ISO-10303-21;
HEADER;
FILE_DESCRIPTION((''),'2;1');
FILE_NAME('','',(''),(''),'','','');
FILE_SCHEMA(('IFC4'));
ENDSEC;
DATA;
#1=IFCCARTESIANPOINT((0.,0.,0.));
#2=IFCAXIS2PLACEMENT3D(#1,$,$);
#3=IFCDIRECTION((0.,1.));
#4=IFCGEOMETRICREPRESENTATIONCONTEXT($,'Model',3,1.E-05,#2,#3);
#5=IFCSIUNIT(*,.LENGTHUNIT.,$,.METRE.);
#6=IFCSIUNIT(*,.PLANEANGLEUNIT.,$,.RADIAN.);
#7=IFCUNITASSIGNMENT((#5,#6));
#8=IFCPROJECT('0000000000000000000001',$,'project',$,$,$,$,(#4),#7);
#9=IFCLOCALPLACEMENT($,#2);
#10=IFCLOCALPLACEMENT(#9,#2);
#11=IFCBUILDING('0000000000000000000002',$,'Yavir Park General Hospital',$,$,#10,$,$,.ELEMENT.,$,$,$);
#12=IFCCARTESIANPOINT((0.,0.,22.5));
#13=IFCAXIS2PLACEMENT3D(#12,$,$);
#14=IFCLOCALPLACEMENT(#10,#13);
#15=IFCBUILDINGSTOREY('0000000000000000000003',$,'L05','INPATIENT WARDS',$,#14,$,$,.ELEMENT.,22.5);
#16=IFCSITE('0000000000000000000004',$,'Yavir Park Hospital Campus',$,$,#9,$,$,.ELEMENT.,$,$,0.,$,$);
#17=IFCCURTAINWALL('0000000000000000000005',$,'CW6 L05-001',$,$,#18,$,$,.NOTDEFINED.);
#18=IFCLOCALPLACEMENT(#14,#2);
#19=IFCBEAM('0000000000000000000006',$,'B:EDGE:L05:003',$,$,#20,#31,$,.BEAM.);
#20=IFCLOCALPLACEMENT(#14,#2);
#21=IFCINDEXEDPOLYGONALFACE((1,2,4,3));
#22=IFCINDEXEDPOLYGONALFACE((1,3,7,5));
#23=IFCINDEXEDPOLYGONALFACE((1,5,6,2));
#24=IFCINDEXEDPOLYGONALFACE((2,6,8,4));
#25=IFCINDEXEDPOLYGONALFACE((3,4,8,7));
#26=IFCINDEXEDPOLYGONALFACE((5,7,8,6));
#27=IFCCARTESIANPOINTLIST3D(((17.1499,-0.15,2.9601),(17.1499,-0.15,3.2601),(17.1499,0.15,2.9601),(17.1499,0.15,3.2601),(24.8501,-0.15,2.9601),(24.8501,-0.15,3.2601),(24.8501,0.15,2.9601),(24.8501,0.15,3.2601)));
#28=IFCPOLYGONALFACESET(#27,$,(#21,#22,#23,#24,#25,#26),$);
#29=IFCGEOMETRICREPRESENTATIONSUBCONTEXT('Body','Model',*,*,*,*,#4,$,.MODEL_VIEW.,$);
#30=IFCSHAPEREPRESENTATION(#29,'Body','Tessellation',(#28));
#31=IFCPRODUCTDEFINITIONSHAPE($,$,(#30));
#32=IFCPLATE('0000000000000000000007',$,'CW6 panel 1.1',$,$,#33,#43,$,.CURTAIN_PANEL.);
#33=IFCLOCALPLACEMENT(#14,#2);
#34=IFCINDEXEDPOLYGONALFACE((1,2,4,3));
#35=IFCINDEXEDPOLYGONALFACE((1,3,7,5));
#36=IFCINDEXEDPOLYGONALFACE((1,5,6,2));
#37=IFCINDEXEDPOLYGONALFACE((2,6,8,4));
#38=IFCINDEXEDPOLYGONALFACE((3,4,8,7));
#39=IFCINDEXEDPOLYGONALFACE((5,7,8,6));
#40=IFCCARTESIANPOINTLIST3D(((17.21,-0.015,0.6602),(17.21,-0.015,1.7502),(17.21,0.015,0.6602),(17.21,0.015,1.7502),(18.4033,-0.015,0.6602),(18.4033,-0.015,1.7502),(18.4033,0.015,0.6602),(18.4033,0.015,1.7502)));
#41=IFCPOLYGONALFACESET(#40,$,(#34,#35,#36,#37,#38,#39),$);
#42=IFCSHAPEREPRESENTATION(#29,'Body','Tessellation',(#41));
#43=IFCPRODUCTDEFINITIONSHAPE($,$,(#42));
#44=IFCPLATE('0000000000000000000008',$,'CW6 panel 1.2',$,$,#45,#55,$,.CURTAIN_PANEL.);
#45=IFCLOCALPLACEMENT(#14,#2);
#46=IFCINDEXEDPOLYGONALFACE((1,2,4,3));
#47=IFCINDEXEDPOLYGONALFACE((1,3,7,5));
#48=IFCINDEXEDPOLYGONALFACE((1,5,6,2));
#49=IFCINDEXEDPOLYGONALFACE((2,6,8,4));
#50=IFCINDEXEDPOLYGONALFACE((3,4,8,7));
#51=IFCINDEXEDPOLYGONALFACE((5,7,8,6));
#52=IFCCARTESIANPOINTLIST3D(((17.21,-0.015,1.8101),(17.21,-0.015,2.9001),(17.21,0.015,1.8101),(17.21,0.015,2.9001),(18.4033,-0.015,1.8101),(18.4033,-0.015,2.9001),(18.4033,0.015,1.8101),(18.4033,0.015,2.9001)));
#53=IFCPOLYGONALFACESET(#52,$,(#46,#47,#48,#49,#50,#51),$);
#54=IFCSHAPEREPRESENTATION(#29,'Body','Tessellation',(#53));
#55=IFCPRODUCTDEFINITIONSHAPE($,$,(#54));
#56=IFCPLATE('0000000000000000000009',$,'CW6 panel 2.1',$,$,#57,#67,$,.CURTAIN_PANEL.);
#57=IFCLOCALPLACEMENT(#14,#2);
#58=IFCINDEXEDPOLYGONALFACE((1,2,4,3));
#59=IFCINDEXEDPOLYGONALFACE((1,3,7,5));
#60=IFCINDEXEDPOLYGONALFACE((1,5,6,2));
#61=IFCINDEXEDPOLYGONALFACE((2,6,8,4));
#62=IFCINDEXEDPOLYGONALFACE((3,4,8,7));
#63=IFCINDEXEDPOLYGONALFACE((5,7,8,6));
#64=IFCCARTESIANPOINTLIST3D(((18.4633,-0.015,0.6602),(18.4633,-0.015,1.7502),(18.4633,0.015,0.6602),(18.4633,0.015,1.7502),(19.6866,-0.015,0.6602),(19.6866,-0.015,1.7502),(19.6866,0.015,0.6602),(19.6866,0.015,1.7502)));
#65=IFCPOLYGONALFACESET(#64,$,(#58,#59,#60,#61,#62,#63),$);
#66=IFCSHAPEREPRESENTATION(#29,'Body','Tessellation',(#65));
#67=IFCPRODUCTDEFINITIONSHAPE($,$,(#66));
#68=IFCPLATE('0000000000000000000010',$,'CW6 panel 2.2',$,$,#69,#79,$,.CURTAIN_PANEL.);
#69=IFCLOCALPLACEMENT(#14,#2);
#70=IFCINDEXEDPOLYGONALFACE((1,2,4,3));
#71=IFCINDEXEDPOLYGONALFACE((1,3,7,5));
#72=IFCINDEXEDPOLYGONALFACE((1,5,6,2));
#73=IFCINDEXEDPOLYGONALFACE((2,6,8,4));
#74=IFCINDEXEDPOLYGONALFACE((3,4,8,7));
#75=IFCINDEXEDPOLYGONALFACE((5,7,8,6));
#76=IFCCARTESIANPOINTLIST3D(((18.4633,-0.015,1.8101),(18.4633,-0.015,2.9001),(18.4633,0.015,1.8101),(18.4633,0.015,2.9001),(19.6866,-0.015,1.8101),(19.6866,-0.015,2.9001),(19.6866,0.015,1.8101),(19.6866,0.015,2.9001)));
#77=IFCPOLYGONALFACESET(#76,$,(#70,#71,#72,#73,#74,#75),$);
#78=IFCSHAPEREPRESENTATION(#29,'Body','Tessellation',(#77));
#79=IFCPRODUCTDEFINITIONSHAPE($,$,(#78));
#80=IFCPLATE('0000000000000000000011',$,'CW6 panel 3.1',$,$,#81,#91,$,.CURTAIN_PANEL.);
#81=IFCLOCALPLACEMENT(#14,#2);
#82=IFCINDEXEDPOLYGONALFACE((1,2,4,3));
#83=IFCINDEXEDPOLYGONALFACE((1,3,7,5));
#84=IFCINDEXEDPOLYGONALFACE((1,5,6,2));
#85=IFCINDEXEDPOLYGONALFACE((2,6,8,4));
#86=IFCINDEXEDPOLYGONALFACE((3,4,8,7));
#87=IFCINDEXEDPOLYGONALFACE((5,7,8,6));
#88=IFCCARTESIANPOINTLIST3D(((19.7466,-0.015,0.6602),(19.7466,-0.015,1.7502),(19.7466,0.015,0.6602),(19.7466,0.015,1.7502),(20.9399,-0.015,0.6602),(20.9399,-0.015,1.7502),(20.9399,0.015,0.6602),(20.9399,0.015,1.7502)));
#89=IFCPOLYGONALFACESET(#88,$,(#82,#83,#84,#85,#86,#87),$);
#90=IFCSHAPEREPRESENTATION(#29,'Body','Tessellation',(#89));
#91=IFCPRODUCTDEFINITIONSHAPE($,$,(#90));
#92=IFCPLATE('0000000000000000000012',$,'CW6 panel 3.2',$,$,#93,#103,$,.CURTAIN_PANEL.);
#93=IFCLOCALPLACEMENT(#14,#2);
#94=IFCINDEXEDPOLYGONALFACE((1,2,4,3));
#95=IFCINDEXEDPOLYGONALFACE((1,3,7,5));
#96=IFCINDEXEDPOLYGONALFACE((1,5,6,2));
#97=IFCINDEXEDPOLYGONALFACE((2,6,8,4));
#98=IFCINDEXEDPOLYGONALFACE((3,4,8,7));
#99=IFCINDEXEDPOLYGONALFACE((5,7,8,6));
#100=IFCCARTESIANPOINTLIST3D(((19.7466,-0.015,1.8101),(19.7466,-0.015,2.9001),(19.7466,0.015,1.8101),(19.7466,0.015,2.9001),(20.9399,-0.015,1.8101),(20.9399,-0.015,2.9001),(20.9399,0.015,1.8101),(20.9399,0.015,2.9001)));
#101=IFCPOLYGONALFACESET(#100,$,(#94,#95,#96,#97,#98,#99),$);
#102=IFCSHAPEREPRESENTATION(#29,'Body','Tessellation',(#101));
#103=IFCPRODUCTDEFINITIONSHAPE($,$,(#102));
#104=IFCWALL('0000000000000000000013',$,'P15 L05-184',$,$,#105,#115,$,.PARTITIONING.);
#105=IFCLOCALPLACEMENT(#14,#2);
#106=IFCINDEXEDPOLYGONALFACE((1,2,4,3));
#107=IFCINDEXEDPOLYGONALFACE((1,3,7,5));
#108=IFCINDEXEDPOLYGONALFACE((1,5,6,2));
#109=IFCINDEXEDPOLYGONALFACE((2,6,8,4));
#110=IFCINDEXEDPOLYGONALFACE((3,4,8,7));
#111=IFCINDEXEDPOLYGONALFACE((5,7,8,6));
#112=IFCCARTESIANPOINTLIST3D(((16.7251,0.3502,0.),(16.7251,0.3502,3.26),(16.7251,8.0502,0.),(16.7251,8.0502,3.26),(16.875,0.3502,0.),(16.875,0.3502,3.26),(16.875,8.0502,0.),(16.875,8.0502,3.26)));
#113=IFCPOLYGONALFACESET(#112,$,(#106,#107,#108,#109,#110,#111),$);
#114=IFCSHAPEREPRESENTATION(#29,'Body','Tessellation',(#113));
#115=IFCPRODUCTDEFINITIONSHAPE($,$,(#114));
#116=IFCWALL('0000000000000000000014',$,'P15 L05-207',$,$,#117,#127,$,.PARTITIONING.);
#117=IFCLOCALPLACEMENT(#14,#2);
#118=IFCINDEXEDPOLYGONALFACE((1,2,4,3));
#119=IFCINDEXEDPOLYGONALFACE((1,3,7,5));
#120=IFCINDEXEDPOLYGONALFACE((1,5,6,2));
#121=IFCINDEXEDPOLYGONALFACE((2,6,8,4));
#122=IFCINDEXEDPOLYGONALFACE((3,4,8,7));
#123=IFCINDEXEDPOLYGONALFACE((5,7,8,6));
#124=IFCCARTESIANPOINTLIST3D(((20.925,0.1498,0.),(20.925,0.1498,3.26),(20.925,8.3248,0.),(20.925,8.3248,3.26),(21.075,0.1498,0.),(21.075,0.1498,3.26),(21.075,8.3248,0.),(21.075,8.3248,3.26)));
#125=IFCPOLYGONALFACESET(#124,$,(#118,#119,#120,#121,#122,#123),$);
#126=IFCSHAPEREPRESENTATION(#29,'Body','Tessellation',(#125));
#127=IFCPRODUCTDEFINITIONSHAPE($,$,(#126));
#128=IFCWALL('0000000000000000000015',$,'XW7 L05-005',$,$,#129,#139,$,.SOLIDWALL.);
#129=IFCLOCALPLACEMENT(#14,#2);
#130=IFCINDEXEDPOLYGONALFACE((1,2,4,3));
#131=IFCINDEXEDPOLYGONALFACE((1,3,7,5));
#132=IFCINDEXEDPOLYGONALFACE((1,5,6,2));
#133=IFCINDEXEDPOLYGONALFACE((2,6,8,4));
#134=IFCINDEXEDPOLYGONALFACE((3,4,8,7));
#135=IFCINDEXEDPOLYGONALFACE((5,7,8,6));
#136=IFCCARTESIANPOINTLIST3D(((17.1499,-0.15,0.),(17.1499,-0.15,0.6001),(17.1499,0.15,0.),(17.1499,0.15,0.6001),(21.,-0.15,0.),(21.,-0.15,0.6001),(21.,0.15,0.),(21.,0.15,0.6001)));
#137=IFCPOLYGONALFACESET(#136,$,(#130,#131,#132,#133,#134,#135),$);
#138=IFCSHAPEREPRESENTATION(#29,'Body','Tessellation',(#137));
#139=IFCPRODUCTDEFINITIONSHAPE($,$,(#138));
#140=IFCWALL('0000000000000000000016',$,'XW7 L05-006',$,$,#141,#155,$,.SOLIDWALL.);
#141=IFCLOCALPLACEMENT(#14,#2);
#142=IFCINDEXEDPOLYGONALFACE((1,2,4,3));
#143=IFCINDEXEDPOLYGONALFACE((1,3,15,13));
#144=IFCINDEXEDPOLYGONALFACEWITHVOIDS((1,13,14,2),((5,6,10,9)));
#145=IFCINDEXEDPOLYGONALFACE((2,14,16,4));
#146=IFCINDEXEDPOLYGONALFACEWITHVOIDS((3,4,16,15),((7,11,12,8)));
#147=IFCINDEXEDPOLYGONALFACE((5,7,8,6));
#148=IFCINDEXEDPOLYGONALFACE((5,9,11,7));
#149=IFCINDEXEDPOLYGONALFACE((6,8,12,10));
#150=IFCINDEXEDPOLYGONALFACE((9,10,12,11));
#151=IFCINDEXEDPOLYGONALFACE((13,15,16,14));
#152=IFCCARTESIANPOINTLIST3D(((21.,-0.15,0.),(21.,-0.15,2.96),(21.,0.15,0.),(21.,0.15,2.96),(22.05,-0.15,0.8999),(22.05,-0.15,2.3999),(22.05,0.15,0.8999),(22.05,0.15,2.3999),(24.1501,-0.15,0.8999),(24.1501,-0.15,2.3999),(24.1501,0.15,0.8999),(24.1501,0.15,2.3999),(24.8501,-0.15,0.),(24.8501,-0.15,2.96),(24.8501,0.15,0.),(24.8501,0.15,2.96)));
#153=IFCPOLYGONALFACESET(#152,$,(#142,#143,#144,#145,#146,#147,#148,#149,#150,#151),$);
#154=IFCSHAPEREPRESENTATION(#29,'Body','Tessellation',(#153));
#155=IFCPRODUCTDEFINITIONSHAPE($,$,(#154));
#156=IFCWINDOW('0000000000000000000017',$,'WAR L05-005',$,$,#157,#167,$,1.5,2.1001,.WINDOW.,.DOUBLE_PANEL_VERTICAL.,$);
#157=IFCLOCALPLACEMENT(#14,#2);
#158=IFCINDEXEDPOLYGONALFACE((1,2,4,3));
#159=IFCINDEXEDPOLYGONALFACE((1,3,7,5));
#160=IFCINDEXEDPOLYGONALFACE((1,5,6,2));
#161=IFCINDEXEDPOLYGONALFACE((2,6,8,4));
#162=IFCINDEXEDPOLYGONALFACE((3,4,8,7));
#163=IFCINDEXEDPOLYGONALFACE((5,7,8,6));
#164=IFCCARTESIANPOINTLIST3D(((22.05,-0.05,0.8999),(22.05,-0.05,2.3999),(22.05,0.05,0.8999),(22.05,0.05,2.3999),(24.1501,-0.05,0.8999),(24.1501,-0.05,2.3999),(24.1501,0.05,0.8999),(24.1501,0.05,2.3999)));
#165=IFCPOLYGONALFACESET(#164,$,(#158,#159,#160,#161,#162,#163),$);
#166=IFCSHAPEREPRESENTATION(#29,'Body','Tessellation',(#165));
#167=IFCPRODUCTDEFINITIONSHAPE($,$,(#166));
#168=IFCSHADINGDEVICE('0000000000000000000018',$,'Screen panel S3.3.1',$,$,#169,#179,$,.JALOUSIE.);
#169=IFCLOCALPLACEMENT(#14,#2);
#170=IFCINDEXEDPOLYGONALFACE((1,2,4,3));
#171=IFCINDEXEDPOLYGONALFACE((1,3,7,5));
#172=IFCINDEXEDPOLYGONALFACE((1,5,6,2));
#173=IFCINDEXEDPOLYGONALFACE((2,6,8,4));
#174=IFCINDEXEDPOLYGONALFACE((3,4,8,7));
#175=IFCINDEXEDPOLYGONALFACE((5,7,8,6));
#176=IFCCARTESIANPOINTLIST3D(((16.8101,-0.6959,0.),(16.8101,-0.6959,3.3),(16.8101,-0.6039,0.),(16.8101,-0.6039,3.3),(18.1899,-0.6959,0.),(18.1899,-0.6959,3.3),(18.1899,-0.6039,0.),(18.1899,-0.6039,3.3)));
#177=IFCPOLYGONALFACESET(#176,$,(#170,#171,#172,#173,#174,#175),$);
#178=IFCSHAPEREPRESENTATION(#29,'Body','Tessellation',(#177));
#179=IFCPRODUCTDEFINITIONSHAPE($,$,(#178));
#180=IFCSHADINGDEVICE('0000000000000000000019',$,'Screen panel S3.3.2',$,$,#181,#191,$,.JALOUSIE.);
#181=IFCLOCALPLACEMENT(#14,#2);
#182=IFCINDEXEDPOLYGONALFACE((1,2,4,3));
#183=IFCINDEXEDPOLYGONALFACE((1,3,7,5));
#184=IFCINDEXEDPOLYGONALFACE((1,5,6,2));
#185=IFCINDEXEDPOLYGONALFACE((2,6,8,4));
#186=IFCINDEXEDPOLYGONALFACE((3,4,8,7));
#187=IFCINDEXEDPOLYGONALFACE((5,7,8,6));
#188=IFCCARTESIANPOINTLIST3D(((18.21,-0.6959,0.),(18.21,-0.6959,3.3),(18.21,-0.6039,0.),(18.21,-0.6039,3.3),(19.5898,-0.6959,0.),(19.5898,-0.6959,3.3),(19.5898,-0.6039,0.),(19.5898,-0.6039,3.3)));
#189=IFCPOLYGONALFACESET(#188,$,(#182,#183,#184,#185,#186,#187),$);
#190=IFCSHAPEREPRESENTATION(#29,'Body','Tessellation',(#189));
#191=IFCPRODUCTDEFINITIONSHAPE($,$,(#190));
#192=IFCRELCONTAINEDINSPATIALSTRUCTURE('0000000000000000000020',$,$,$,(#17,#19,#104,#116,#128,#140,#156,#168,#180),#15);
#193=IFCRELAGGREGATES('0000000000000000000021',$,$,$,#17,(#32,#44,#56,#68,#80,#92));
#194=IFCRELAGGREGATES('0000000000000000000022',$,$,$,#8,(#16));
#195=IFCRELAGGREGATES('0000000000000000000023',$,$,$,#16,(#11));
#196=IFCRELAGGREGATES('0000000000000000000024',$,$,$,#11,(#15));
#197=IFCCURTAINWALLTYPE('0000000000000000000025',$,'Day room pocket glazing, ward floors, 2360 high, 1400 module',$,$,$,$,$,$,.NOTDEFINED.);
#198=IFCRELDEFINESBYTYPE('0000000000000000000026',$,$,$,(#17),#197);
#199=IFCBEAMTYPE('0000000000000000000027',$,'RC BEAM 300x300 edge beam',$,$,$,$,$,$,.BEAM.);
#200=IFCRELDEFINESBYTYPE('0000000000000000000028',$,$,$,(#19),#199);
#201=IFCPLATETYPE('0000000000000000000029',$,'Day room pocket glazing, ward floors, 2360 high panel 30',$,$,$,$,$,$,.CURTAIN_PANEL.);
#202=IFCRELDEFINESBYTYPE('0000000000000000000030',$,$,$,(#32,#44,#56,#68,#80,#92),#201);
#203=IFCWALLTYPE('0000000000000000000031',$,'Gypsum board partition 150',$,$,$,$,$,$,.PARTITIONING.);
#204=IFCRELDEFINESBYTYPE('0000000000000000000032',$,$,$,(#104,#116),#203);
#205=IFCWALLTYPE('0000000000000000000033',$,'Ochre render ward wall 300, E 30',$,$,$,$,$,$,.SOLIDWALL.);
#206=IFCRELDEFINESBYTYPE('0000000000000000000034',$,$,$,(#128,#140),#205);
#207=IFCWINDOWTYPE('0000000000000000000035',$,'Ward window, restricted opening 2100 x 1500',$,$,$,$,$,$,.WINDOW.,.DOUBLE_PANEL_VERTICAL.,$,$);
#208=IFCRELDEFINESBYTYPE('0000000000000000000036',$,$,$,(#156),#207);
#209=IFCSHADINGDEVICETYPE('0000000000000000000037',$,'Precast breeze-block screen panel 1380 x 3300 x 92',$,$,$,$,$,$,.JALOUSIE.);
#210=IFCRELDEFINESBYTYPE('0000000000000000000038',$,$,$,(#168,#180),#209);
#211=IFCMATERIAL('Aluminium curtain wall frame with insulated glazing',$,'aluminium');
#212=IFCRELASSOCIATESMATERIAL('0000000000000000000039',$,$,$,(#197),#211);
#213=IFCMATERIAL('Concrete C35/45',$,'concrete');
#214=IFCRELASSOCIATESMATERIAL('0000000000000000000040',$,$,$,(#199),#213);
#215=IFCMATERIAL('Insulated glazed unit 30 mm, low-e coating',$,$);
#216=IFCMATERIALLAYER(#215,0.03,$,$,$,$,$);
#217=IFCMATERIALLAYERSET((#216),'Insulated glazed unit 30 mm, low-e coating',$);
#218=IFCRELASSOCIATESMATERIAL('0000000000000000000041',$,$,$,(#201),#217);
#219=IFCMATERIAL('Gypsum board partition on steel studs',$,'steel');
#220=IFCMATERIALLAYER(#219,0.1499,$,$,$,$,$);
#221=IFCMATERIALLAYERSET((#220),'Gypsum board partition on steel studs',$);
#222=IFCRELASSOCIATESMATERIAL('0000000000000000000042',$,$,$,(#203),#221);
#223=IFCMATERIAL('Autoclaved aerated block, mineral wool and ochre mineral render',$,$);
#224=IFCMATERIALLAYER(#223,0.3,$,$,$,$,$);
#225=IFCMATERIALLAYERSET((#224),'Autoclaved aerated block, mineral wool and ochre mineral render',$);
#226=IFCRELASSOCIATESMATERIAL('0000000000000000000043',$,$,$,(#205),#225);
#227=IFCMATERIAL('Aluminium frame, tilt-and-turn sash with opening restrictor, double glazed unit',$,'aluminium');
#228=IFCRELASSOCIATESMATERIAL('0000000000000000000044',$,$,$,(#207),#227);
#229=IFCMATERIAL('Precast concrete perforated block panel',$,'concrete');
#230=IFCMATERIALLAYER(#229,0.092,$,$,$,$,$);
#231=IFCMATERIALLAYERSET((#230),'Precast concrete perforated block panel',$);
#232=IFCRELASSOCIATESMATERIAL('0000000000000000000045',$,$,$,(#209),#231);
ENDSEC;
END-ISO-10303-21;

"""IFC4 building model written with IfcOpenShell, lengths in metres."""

from ifc_helpers import new_model, si_unit, direction, frame, frame_2d, origin, origin_2d, place, context, subcontext, project, spatial, rectangle, extrude, material, layer, layer_set, material_profile, profile_set, type_object, element, fill, aggregate, save


model = new_model("IFC4")

# Units and contexts
model_context = context("Model", 3, precision=1e-05, world=origin(), true_north=direction((0.0, 1.0)))
body_context = subcontext(model_context, "Body", "Model", "MODEL_VIEW")
ifc_project = project(units=[si_unit("LENGTHUNIT", "METRE"), si_unit("PLANEANGLEUNIT", "RADIAN")], contexts=[model_context])

# Site, building, storey
site_placement = place(None, origin())
site = spatial("IfcSite", under=ifc_project, at=site_placement, Name="Yavir Park Hospital Campus", CompositionType="ELEMENT", RefElevation=0.0)
building_placement = place(site_placement, origin())
building = spatial("IfcBuilding", under=site, at=building_placement, Name="Yavir Park General Hospital", CompositionType="ELEMENT")
storey_placement = place(building_placement, frame((0.0, 0.0, 22.5)))
storey = spatial("IfcBuildingStorey", under=building, at=storey_placement, Name="L05", Description="INPATIENT WARDS", CompositionType="ELEMENT", Elevation=22.5)

# Curtain wall
ifc_material_1 = material(Name="Aluminium curtain wall frame with insulated glazing", Category="aluminium")
curtain_wall_type = type_object("IfcCurtainWallType", Name="Day room pocket glazing, ward floors, 2360 high, 1400 module", PredefinedType="NOTDEFINED", material=ifc_material_1)
curtain_wall_placement = place(storey_placement, origin())
curtain_wall = element("IfcCurtainWall", 1, at=curtain_wall_placement, inside=storey, type_object=curtain_wall_type, Name="CW6 L05-001", PredefinedType="NOTDEFINED")

# Beam
ifc_material_2 = material(Name="Concrete C35/45", Category="concrete")
ifc_material_profile_1 = material_profile(ifc_material_2, rectangle(XDim=0.3, YDim=0.3, at=origin_2d()), Name="RC300x300")
ifc_profile_set_1 = profile_set([ifc_material_profile_1], Name="Concrete C35/45")
beam_type = type_object("IfcBeamType", Name="RC BEAM 300x300 edge beam", PredefinedType="BEAM", material=ifc_profile_set_1)
beam_placement = place(storey_placement, frame((17.1499, 0.0, 3.1101), z_axis=(1.0, 0.0, 0.0), x_axis=(0.0, 1.0, 0.0)))
element("IfcBeam", 2, at=beam_placement, inside=storey, type_object=beam_type, Name="B:EDGE:L05:003", PredefinedType="BEAM", context=body_context, shape_type="SweptSolid", body=[
    extrude(rectangle(XDim=0.3, YDim=0.3, at=origin_2d()), origin(), (0.0, 0.0, 1.0), 7.7002),
])

# Plates
ifc_material_3 = material(Name="Insulated glazed unit 30 mm, low-e coating")
ifc_layer_1 = layer(ifc_material_3, 0.03)
ifc_layer_set_1 = layer_set([ifc_layer_1], Name="Insulated glazed unit 30 mm, low-e coating")
plate_type = type_object("IfcPlateType", Name="Day room pocket glazing, ward floors, 2360 high panel 30", PredefinedType="CURTAIN_PANEL", material=ifc_layer_set_1)
plate_1_placement = place(storey_placement, frame((17.8066, 0.0, 0.6602), z_axis=(0.0, 0.0, 1.0), x_axis=(1.0, 0.0, 0.0)))
plate_1 = element("IfcPlate", 3, at=plate_1_placement, type_object=plate_type, Name="CW6 panel 1.1", PredefinedType="CURTAIN_PANEL", context=body_context, shape_type="SweptSolid", body=[
    extrude(rectangle(XDim=1.1934, YDim=0.03, at=origin_2d()), origin(), (0.0, 0.0, 1.0), 1.0901),
])
plate_2_placement = place(storey_placement, frame((17.8066, 0.0, 1.8101), z_axis=(0.0, 0.0, 1.0), x_axis=(1.0, 0.0, 0.0)))
plate_2 = element("IfcPlate", 4, at=plate_2_placement, type_object=plate_type, Name="CW6 panel 1.2", PredefinedType="CURTAIN_PANEL", context=body_context, shape_type="SweptSolid", body=[
    extrude(rectangle(XDim=1.1934, YDim=0.03, at=origin_2d()), origin(), (0.0, 0.0, 1.0), 1.0901),
])
plate_3_placement = place(storey_placement, frame((19.075, 0.0, 0.6602), z_axis=(0.0, 0.0, 1.0), x_axis=(1.0, 0.0, 0.0)))
plate_3 = element("IfcPlate", 5, at=plate_3_placement, type_object=plate_type, Name="CW6 panel 2.1", PredefinedType="CURTAIN_PANEL", context=body_context, shape_type="SweptSolid", body=[
    extrude(rectangle(XDim=1.2234, YDim=0.03, at=origin_2d()), origin(), (0.0, 0.0, 1.0), 1.0901),
])
plate_4_placement = place(storey_placement, frame((19.075, 0.0, 1.8101), z_axis=(0.0, 0.0, 1.0), x_axis=(1.0, 0.0, 0.0)))
plate_4 = element("IfcPlate", 6, at=plate_4_placement, type_object=plate_type, Name="CW6 panel 2.2", PredefinedType="CURTAIN_PANEL", context=body_context, shape_type="SweptSolid", body=[
    extrude(rectangle(XDim=1.2234, YDim=0.03, at=origin_2d()), origin(), (0.0, 0.0, 1.0), 1.0901),
])
plate_5_placement = place(storey_placement, frame((20.3433, 0.0, 0.6602), z_axis=(0.0, 0.0, 1.0), x_axis=(1.0, 0.0, 0.0)))
plate_5 = element("IfcPlate", 7, at=plate_5_placement, type_object=plate_type, Name="CW6 panel 3.1", PredefinedType="CURTAIN_PANEL", context=body_context, shape_type="SweptSolid", body=[
    extrude(rectangle(XDim=1.1934, YDim=0.03, at=origin_2d()), origin(), (0.0, 0.0, 1.0), 1.0901),
])
plate_6_placement = place(storey_placement, frame((20.3433, 0.0, 1.8101), z_axis=(0.0, 0.0, 1.0), x_axis=(1.0, 0.0, 0.0)))
plate_6 = element("IfcPlate", 8, at=plate_6_placement, type_object=plate_type, Name="CW6 panel 3.2", PredefinedType="CURTAIN_PANEL", context=body_context, shape_type="SweptSolid", body=[
    extrude(rectangle(XDim=1.1934, YDim=0.03, at=origin_2d()), origin(), (0.0, 0.0, 1.0), 1.0901),
])
aggregate(curtain_wall, [plate_1, plate_2, plate_3, plate_4, plate_5, plate_6])

# Walls
ifc_material_4 = material(Name="Gypsum board partition on steel studs", Category="steel")
ifc_layer_2 = layer(ifc_material_4, 0.1499)
ifc_layer_set_2 = layer_set([ifc_layer_2], Name="Gypsum board partition on steel studs")
wall_type_1 = type_object("IfcWallType", Name="Gypsum board partition 150", PredefinedType="PARTITIONING", material=ifc_layer_set_2)
wall_1_placement = place(storey_placement, frame((16.8, 0.3501, 0.0), z_axis=(0.0, 0.0, 1.0), x_axis=(0.0, 1.0, 0.0)))
element("IfcWall", 9, at=wall_1_placement, inside=storey, type_object=wall_type_1, Name="P15 L05-184", PredefinedType="PARTITIONING", context=body_context, shape_type="SweptSolid", body=[
    extrude(rectangle(XDim=7.7, YDim=0.1499, at=frame_2d((3.8501, 0.0))), origin(), (0.0, 0.0, 1.0), 3.26),
])
wall_2_placement = place(storey_placement, frame((21.0, 0.1499, 0.0), z_axis=(0.0, 0.0, 1.0), x_axis=(0.0, 1.0, 0.0)))
element("IfcWall", 10, at=wall_2_placement, inside=storey, type_object=wall_type_1, Name="P15 L05-207", PredefinedType="PARTITIONING", context=body_context, shape_type="SweptSolid", body=[
    extrude(rectangle(XDim=8.175, YDim=0.1499, at=frame_2d((4.0874, 0.0))), origin(), (0.0, 0.0, 1.0), 3.26),
])
ifc_material_5 = material(Name="Autoclaved aerated block, mineral wool and ochre mineral render")
ifc_layer_3 = layer(ifc_material_5, 0.3)
ifc_layer_set_3 = layer_set([ifc_layer_3], Name="Autoclaved aerated block, mineral wool and ochre mineral render")
wall_type_2 = type_object("IfcWallType", Name="Ochre render ward wall 300, E 30", PredefinedType="SOLIDWALL", material=ifc_layer_set_3)
wall_3_placement = place(storey_placement, frame((17.1499, 0.0, 0.0), z_axis=(0.0, 0.0, 1.0), x_axis=(1.0, 0.0, 0.0)))
element("IfcWall", 11, at=wall_3_placement, inside=storey, type_object=wall_type_2, Name="XW7 L05-005", PredefinedType="SOLIDWALL", context=body_context, shape_type="SweptSolid", body=[
    extrude(rectangle(XDim=3.8501, YDim=0.3, at=frame_2d((1.925, 0.0))), origin(), (0.0, 0.0, 1.0), 0.6001),
])

# Wall, opening, window
wall_4_placement = place(storey_placement, frame((21.0, 0.0, 0.0), z_axis=(0.0, 0.0, 1.0), x_axis=(1.0, 0.0, 0.0)))
wall_4 = element("IfcWall", 12, at=wall_4_placement, inside=storey, type_object=wall_type_2, Name="XW7 L05-006", PredefinedType="SOLIDWALL", context=body_context, shape_type="SweptSolid", body=[
    extrude(rectangle(XDim=3.8501, YDim=0.3, at=frame_2d((1.925, 0.0))), origin(), (0.0, 0.0, 1.0), 2.96),
])
opening_placement = place(wall_4_placement, frame((1.05, 0.0, 0.8999)))
opening = element("IfcOpeningElement", 13, at=opening_placement, cuts=wall_4, PredefinedType="OPENING", context=body_context, shape_type="SweptSolid", body=[
    extrude(rectangle(XDim=2.1001, YDim=1.5, at=frame_2d((1.05, 0.75))), frame((0.0, 0.1599, 0.0), z_axis=(0.0, -1.0, 0.0), x_axis=(1.0, 0.0, 0.0)), (0.0, 0.0, 1.0), 0.3201),
])
ifc_material_6 = material(Name="Aluminium frame, tilt-and-turn sash with opening restrictor, double glazed unit", Category="aluminium")
window_type = type_object("IfcWindowType", Name="Ward window, restricted opening 2100 x 1500", PartitioningType="DOUBLE_PANEL_VERTICAL", PredefinedType="WINDOW", material=ifc_material_6)
window_placement = place(opening_placement, origin())
window = element("IfcWindow", 14, at=window_placement, inside=storey, type_object=window_type, Name="WAR L05-005", OverallHeight=1.5, OverallWidth=2.1001, PartitioningType="DOUBLE_PANEL_VERTICAL", PredefinedType="WINDOW", context=body_context, shape_type="SweptSolid", body=[
    extrude(rectangle(XDim=2.1001, YDim=1.5, at=frame_2d((1.05, 0.75))), frame((0.0, 0.05, 0.0), z_axis=(0.0, -1.0, 0.0), x_axis=(1.0, 0.0, 0.0)), (0.0, 0.0, 1.0), 0.1001),
])
fill(opening, window)

# Shading devices
ifc_material_7 = material(Name="Precast concrete perforated block panel", Category="concrete")
ifc_layer_4 = layer(ifc_material_7, 0.092)
ifc_layer_set_4 = layer_set([ifc_layer_4], Name="Precast concrete perforated block panel")
shading_device_type = type_object("IfcShadingDeviceType", Name="Precast breeze-block screen panel 1380 x 3300 x 92", PredefinedType="JALOUSIE", material=ifc_layer_set_4)
for number, where, z_axis, x_axis, name in (
    (15, (17.5, -0.6499, 0.0), (0.0, 0.0, 1.0), (1.0, 0.0, 0.0), "Screen panel S3.3.1"),
    (16, (18.8999, -0.6499, 0.0), (0.0, 0.0, 1.0), (1.0, 0.0, 0.0), "Screen panel S3.3.2"),
):
    element("IfcShadingDevice", number, at=place(storey_placement, frame(where, z_axis=z_axis, x_axis=x_axis)), inside=storey, type_object=shading_device_type, Name=name, PredefinedType="JALOUSIE", context=body_context, shape_type="SweptSolid", body=[
        extrude(rectangle(XDim=1.3799, YDim=0.092, at=origin_2d()), origin(), (0.0, 0.0, 1.0), 3.3),
    ])

save(model, "model.ifc")
